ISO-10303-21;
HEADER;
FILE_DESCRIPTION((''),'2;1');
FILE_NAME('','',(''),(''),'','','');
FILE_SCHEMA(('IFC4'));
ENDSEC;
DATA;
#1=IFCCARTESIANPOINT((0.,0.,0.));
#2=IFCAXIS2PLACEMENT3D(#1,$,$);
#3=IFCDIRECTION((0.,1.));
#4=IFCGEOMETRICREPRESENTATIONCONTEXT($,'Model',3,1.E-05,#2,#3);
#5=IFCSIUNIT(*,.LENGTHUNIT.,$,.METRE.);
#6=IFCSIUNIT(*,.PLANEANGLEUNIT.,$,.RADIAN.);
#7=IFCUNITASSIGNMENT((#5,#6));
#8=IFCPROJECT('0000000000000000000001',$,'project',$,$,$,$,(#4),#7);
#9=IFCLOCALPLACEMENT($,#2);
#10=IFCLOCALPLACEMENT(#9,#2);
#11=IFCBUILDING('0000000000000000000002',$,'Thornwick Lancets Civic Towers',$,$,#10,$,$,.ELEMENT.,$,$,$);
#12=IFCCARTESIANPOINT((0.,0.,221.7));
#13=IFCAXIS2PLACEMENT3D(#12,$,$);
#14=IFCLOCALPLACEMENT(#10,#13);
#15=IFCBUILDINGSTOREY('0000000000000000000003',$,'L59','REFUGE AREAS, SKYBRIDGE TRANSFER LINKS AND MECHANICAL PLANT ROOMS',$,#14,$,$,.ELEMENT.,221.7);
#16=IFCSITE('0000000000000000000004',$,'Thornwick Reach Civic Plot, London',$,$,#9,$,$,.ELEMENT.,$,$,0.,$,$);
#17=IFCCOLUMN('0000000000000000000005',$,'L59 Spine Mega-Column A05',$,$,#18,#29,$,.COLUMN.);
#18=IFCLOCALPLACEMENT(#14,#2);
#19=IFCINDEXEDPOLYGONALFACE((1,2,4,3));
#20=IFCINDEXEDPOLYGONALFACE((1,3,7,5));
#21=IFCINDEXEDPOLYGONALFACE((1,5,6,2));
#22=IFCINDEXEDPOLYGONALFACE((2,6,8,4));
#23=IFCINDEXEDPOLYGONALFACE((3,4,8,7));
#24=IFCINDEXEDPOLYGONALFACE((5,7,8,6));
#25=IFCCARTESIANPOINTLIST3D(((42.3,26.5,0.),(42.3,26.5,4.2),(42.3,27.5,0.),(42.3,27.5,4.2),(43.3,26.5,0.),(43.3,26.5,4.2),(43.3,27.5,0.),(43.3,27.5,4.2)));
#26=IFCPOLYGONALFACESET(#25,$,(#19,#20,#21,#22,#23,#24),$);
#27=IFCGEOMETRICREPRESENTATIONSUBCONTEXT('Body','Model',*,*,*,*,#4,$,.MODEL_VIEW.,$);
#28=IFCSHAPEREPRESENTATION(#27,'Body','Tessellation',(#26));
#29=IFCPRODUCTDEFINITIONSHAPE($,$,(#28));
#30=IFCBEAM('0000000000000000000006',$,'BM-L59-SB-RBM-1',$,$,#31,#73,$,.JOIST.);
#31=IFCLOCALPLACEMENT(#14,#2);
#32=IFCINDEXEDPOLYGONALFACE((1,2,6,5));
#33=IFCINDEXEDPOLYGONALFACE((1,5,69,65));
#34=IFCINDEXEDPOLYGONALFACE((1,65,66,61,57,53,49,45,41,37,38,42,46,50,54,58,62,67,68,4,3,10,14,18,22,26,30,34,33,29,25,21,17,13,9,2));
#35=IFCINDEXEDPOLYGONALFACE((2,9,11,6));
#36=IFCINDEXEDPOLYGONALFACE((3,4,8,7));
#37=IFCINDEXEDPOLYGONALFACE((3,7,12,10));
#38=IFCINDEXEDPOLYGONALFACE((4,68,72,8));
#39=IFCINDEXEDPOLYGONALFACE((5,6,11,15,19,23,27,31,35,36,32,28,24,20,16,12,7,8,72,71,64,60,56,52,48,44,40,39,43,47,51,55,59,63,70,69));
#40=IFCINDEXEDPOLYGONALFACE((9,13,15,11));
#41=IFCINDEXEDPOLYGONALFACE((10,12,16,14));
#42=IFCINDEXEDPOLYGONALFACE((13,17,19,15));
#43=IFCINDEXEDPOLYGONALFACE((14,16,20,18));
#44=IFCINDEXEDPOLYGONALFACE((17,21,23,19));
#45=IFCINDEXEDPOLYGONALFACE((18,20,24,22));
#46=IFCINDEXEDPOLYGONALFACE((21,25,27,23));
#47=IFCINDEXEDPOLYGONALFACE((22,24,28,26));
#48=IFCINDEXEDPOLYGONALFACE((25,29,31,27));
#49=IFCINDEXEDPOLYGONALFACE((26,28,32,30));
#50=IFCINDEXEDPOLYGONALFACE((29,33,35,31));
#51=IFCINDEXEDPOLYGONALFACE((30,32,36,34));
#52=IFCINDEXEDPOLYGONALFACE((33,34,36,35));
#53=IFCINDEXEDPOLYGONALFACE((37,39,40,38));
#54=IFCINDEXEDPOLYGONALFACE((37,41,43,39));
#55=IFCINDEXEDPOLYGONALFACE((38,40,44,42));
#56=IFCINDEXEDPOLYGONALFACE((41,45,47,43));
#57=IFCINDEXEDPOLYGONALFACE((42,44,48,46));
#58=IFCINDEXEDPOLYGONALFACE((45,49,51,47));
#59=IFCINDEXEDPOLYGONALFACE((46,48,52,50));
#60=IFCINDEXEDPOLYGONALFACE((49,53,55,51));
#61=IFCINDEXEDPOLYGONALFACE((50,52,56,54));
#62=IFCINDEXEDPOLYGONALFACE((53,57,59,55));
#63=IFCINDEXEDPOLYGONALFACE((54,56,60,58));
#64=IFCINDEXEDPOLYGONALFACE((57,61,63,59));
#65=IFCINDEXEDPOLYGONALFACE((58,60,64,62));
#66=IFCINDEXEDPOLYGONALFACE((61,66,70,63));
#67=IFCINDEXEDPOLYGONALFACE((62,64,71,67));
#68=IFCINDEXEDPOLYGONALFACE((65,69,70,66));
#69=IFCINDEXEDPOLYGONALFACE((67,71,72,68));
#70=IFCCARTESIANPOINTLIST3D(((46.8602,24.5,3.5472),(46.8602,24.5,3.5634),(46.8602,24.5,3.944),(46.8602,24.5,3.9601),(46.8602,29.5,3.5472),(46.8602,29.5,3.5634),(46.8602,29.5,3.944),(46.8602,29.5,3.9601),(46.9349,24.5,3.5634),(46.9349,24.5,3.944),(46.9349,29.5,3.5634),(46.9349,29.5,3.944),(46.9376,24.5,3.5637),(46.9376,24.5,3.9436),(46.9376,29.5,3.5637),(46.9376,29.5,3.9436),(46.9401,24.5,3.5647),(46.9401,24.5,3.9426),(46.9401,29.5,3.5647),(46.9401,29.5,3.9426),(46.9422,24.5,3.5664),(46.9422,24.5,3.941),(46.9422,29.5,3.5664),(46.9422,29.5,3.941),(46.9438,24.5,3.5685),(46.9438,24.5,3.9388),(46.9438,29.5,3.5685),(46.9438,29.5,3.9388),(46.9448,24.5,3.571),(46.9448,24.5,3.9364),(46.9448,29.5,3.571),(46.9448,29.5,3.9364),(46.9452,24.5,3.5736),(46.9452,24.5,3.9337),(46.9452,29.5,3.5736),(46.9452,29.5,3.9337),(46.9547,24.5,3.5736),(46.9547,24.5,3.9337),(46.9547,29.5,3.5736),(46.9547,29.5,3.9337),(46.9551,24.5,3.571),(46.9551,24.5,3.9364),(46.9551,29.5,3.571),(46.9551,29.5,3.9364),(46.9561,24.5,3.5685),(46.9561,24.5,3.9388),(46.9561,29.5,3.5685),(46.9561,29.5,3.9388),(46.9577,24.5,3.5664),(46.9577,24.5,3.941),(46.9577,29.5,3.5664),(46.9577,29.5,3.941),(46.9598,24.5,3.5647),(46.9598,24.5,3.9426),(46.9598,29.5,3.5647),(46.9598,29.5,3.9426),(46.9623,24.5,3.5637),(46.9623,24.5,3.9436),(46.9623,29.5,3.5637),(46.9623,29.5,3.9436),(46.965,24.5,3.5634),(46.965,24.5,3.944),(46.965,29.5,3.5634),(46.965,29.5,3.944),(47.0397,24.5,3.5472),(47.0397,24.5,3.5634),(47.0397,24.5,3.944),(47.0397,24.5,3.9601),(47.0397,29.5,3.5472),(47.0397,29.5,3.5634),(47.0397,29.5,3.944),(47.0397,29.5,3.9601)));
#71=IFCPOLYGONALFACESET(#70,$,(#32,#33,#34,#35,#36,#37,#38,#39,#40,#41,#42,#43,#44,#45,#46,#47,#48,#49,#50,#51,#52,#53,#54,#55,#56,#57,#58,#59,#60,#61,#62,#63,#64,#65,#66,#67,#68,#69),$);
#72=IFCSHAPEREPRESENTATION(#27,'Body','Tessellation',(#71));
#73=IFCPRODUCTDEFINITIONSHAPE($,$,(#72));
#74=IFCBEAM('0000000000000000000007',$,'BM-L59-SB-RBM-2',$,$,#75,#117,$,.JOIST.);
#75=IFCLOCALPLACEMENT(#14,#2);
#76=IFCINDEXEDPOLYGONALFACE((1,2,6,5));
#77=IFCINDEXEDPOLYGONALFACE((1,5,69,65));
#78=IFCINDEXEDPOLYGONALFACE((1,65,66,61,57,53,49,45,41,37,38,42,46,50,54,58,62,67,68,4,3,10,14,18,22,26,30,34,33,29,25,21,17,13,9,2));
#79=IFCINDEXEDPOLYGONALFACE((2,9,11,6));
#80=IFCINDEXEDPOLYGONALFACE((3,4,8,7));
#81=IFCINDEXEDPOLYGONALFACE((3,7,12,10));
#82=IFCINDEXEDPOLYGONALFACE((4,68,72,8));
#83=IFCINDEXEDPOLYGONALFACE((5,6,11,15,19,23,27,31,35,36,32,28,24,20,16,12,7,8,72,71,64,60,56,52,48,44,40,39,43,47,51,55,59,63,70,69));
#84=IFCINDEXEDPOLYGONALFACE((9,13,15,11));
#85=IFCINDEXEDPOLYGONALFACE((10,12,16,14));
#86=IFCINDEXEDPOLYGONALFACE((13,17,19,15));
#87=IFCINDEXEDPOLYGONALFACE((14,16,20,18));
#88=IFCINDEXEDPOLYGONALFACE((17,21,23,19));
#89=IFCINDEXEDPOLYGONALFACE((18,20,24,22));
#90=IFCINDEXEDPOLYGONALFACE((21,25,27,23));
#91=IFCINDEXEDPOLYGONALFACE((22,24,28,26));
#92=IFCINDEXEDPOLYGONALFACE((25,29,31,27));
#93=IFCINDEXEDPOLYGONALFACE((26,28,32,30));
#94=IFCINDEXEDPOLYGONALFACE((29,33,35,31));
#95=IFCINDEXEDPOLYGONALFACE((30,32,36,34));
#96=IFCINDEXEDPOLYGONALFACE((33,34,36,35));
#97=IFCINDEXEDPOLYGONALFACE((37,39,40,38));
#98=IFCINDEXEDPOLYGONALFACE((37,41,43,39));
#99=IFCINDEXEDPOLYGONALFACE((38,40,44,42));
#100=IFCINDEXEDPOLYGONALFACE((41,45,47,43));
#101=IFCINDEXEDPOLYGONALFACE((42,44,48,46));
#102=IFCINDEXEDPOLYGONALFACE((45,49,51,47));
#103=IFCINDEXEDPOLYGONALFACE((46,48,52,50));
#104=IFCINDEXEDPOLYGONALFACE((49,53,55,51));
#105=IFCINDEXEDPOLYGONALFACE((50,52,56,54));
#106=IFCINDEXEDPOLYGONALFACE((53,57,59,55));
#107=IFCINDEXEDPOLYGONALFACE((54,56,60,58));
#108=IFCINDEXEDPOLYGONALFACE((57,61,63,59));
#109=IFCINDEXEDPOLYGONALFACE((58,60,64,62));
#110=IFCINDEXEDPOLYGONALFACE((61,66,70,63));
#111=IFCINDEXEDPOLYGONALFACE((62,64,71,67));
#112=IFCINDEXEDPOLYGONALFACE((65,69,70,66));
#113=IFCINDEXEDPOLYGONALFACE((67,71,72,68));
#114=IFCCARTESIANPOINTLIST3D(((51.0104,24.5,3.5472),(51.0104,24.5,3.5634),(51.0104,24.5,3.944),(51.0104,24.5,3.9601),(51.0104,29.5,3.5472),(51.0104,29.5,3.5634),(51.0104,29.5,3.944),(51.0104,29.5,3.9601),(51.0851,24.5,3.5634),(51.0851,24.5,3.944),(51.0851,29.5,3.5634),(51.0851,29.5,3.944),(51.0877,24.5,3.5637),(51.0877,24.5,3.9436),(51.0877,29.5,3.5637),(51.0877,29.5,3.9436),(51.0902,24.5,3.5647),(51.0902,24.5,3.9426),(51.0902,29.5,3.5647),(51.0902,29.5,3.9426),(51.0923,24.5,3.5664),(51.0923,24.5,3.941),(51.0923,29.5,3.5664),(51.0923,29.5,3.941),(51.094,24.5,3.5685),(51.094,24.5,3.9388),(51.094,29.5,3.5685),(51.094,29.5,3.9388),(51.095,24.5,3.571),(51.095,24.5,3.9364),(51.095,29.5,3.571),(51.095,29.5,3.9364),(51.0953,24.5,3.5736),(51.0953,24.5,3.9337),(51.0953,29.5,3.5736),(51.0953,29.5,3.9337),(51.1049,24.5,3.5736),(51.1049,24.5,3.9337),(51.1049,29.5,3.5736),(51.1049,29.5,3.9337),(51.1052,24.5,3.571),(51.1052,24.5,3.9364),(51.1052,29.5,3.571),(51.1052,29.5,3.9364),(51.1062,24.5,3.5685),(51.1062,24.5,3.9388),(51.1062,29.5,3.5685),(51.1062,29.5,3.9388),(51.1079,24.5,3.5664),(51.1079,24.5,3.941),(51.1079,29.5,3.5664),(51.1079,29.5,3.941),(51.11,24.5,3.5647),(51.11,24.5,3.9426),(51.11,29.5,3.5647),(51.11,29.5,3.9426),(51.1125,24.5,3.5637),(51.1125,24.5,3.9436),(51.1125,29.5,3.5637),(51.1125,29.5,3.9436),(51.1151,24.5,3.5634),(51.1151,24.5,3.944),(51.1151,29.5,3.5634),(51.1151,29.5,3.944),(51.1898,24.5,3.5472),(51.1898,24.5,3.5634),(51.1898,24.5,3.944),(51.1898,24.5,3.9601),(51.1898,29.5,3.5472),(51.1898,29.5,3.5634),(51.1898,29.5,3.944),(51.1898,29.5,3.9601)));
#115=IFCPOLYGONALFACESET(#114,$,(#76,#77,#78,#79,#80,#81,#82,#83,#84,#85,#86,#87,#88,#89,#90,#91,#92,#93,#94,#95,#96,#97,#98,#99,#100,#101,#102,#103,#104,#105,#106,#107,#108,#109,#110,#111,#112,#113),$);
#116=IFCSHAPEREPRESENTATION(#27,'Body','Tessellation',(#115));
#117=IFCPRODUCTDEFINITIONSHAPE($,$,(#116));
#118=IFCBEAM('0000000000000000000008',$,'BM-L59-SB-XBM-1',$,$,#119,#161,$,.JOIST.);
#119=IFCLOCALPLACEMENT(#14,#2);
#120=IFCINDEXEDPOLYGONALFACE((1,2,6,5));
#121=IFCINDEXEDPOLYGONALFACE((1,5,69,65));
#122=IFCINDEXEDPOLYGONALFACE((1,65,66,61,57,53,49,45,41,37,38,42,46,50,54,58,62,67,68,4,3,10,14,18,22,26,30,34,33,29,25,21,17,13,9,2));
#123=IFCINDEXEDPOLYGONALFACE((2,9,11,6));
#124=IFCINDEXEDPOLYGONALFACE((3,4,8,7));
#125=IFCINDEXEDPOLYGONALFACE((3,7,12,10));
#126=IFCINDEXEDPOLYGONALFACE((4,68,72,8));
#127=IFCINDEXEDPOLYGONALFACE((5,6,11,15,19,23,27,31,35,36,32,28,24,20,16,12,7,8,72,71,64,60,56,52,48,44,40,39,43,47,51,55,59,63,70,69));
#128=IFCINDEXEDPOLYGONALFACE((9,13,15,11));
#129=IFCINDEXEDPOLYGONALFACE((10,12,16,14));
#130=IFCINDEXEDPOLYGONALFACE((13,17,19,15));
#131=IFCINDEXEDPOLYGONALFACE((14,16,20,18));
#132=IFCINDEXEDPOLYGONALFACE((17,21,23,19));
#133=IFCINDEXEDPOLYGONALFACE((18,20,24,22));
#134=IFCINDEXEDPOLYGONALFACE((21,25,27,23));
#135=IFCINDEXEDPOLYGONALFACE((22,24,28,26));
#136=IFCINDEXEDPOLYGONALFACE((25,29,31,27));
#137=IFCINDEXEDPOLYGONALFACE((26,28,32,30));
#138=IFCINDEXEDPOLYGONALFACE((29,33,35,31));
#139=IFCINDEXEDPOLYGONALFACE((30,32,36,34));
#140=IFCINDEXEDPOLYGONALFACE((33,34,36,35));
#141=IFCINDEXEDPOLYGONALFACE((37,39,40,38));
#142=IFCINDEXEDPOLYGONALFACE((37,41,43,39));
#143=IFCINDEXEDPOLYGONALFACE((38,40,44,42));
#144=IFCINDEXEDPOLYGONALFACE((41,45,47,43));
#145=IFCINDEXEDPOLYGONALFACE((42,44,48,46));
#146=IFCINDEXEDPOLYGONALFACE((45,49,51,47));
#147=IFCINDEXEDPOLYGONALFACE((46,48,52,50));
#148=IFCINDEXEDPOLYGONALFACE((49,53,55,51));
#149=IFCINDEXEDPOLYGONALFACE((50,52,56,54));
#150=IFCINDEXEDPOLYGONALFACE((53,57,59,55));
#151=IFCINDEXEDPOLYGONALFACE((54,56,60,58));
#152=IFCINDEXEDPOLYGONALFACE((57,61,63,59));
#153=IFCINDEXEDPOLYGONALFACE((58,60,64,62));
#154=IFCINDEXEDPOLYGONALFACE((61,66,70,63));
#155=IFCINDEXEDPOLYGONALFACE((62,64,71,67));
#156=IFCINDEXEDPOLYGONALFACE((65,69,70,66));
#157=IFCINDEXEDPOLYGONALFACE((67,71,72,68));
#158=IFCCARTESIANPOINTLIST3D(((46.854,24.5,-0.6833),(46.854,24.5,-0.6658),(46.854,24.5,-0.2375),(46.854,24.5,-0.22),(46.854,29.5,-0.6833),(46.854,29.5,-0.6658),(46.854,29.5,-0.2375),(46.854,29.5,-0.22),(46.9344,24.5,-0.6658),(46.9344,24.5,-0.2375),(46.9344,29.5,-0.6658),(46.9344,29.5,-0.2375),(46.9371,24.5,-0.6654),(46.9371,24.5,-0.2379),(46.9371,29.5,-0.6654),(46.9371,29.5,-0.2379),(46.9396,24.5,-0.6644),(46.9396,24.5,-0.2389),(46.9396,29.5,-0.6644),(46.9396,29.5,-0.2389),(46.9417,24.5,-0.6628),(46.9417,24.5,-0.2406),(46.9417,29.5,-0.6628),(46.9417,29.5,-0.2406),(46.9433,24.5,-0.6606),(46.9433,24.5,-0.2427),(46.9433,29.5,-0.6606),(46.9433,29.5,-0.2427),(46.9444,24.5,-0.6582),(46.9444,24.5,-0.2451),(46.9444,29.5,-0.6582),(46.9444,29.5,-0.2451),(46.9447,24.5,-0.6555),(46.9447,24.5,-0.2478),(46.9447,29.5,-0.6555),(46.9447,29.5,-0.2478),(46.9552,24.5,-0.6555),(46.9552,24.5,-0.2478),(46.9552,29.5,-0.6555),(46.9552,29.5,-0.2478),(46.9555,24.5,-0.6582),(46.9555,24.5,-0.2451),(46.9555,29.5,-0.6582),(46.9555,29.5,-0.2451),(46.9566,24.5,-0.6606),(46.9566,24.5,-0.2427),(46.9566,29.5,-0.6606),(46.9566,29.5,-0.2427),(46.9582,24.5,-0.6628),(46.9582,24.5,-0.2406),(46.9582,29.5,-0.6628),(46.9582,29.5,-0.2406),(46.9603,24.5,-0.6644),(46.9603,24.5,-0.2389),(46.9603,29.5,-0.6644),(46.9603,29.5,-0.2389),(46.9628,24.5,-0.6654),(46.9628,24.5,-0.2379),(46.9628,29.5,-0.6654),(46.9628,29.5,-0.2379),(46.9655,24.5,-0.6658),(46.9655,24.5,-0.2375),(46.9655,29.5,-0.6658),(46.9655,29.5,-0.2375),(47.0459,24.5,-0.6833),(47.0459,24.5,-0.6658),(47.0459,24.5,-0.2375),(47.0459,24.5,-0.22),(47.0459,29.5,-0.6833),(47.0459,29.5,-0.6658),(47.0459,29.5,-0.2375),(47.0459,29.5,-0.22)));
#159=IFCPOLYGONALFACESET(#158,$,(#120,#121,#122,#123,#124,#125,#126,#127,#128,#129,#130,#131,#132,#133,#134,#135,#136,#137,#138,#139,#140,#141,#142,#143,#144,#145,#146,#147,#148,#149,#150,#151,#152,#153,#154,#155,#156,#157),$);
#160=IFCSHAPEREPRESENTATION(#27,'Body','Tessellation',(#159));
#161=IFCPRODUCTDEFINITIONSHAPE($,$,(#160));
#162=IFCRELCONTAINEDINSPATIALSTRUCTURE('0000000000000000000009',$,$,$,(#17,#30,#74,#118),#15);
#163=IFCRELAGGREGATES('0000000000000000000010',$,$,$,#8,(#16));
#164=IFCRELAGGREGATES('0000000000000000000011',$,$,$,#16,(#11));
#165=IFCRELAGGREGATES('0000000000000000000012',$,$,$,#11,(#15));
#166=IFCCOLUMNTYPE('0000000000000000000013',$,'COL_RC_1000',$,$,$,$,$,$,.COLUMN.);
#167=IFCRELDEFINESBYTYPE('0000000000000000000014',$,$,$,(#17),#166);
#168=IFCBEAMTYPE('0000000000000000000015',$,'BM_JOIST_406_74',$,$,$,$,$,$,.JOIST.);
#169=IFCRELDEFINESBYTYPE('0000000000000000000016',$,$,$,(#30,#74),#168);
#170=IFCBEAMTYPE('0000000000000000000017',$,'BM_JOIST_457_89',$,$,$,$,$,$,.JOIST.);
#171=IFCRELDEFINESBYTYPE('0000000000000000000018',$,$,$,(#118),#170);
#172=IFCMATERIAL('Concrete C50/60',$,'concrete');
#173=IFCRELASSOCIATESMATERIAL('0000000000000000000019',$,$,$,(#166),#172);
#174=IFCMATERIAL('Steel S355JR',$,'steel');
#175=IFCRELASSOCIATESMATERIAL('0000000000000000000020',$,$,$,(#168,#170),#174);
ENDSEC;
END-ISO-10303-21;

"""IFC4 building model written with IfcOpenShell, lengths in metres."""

from ifc_helpers import new_model, si_unit, direction, frame, origin, origin_2d, place, context, subcontext, project, spatial, rectangle, i_section, extrude, material, material_profile, profile_set, type_object, element, save


model = new_model("IFC4")

# Units and contexts
model_context = context("Model", 3, precision=1e-05, world=origin(), true_north=direction((0.0, 1.0)))
body_context = subcontext(model_context, "Body", "Model", "MODEL_VIEW")
ifc_project = project(units=[si_unit("LENGTHUNIT", "METRE"), si_unit("PLANEANGLEUNIT", "RADIAN")], contexts=[model_context])

# Site, building, storey
site_placement = place(None, origin())
site = spatial("IfcSite", under=ifc_project, at=site_placement, Name="Thornwick Reach Civic Plot, London", CompositionType="ELEMENT", RefElevation=0.0)
building_placement = place(site_placement, origin())
building = spatial("IfcBuilding", under=site, at=building_placement, Name="Thornwick Lancets Civic Towers", CompositionType="ELEMENT")
storey_placement = place(building_placement, frame((0.0, 0.0, 221.7)))
storey = spatial("IfcBuildingStorey", under=building, at=storey_placement, Name="L59", Description="REFUGE AREAS, SKYBRIDGE TRANSFER LINKS AND MECHANICAL PLANT ROOMS", CompositionType="ELEMENT", Elevation=221.7)

# Column
ifc_material_1 = material(Name="Concrete C50/60", Category="concrete")
ifc_material_profile_1 = material_profile(ifc_material_1, rectangle(XDim=1.0, YDim=1.0, at=origin_2d()), Name="RC 1000x1000")
ifc_profile_set_1 = profile_set([ifc_material_profile_1], Name="Concrete C50/60")
column_type = type_object("IfcColumnType", Name="COL_RC_1000", PredefinedType="COLUMN", material=ifc_profile_set_1)
column_placement = place(storey_placement, frame((42.8, 27.0, 0.0), z_axis=(0.0, 0.0, 1.0), x_axis=(1.0, 0.0, 0.0)))
element("IfcColumn", 1, at=column_placement, inside=storey, type_object=column_type, Name="L59 Spine Mega-Column A05", PredefinedType="COLUMN", context=body_context, shape_type="SweptSolid", body=[
    extrude(rectangle(XDim=1.0, YDim=1.0, at=origin_2d()), origin(), (0.0, 0.0, 1.0), 4.2),
])

# Beams
ifc_material_2 = material(Name="Steel S355JR", Category="steel")
ifc_material_profile_2 = material_profile(ifc_material_2, i_section(OverallWidth=0.1794, OverallDepth=0.4128, WebThickness=0.0095, FlangeThickness=0.0161, FilletRadius=0.0103, at=origin_2d()), Name="UKB 406x178x74")
ifc_profile_set_2 = profile_set([ifc_material_profile_2], Name="Steel S355JR")
beam_type_1 = type_object("IfcBeamType", Name="BM_JOIST_406_74", PredefinedType="JOIST", material=ifc_profile_set_2)
for number, where, z_axis, x_axis, name in (
    (2, (46.95, 24.5, 3.7537), (0.0, 1.0, 0.0), (-1.0, 0.0, 0.0), "BM-L59-SB-RBM-1"),
    (3, (51.1001, 24.5, 3.7537), (0.0, 1.0, 0.0), (-1.0, 0.0, 0.0), "BM-L59-SB-RBM-2"),
):
    element("IfcBeam", number, at=place(storey_placement, frame(where, z_axis=z_axis, x_axis=x_axis)), inside=storey, type_object=beam_type_1, Name=name, PredefinedType="JOIST", context=body_context, shape_type="SweptSolid", body=[
        extrude(i_section(OverallWidth=0.1794, OverallDepth=0.4128, WebThickness=0.0095, FlangeThickness=0.0161, FilletRadius=0.0103, at=origin_2d()), origin(), (0.0, 0.0, 1.0), 5.0),
    ])
ifc_material_profile_3 = material_profile(ifc_material_2, i_section(OverallWidth=0.1919, OverallDepth=0.4634, WebThickness=0.0105, FlangeThickness=0.0176, FilletRadius=0.0103, at=origin_2d()), Name="UKB 457x191x89")
ifc_profile_set_3 = profile_set([ifc_material_profile_3], Name="Steel S355JR")
beam_type_2 = type_object("IfcBeamType", Name="BM_JOIST_457_89", PredefinedType="JOIST", material=ifc_profile_set_3)
for number, where, z_axis, x_axis, name in (
    (4, (46.95, 24.5, -0.4517), (0.0, 1.0, 0.0), (-1.0, 0.0, 0.0), "BM-L59-SB-XBM-1"),
):
    element("IfcBeam", number, at=place(storey_placement, frame(where, z_axis=z_axis, x_axis=x_axis)), inside=storey, type_object=beam_type_2, Name=name, PredefinedType="JOIST", context=body_context, shape_type="SweptSolid", body=[
        extrude(i_section(OverallWidth=0.1919, OverallDepth=0.4634, WebThickness=0.0105, FlangeThickness=0.0176, FilletRadius=0.0103, at=origin_2d()), origin(), (0.0, 0.0, 1.0), 5.0),
    ])

save(model, "model.ifc")
